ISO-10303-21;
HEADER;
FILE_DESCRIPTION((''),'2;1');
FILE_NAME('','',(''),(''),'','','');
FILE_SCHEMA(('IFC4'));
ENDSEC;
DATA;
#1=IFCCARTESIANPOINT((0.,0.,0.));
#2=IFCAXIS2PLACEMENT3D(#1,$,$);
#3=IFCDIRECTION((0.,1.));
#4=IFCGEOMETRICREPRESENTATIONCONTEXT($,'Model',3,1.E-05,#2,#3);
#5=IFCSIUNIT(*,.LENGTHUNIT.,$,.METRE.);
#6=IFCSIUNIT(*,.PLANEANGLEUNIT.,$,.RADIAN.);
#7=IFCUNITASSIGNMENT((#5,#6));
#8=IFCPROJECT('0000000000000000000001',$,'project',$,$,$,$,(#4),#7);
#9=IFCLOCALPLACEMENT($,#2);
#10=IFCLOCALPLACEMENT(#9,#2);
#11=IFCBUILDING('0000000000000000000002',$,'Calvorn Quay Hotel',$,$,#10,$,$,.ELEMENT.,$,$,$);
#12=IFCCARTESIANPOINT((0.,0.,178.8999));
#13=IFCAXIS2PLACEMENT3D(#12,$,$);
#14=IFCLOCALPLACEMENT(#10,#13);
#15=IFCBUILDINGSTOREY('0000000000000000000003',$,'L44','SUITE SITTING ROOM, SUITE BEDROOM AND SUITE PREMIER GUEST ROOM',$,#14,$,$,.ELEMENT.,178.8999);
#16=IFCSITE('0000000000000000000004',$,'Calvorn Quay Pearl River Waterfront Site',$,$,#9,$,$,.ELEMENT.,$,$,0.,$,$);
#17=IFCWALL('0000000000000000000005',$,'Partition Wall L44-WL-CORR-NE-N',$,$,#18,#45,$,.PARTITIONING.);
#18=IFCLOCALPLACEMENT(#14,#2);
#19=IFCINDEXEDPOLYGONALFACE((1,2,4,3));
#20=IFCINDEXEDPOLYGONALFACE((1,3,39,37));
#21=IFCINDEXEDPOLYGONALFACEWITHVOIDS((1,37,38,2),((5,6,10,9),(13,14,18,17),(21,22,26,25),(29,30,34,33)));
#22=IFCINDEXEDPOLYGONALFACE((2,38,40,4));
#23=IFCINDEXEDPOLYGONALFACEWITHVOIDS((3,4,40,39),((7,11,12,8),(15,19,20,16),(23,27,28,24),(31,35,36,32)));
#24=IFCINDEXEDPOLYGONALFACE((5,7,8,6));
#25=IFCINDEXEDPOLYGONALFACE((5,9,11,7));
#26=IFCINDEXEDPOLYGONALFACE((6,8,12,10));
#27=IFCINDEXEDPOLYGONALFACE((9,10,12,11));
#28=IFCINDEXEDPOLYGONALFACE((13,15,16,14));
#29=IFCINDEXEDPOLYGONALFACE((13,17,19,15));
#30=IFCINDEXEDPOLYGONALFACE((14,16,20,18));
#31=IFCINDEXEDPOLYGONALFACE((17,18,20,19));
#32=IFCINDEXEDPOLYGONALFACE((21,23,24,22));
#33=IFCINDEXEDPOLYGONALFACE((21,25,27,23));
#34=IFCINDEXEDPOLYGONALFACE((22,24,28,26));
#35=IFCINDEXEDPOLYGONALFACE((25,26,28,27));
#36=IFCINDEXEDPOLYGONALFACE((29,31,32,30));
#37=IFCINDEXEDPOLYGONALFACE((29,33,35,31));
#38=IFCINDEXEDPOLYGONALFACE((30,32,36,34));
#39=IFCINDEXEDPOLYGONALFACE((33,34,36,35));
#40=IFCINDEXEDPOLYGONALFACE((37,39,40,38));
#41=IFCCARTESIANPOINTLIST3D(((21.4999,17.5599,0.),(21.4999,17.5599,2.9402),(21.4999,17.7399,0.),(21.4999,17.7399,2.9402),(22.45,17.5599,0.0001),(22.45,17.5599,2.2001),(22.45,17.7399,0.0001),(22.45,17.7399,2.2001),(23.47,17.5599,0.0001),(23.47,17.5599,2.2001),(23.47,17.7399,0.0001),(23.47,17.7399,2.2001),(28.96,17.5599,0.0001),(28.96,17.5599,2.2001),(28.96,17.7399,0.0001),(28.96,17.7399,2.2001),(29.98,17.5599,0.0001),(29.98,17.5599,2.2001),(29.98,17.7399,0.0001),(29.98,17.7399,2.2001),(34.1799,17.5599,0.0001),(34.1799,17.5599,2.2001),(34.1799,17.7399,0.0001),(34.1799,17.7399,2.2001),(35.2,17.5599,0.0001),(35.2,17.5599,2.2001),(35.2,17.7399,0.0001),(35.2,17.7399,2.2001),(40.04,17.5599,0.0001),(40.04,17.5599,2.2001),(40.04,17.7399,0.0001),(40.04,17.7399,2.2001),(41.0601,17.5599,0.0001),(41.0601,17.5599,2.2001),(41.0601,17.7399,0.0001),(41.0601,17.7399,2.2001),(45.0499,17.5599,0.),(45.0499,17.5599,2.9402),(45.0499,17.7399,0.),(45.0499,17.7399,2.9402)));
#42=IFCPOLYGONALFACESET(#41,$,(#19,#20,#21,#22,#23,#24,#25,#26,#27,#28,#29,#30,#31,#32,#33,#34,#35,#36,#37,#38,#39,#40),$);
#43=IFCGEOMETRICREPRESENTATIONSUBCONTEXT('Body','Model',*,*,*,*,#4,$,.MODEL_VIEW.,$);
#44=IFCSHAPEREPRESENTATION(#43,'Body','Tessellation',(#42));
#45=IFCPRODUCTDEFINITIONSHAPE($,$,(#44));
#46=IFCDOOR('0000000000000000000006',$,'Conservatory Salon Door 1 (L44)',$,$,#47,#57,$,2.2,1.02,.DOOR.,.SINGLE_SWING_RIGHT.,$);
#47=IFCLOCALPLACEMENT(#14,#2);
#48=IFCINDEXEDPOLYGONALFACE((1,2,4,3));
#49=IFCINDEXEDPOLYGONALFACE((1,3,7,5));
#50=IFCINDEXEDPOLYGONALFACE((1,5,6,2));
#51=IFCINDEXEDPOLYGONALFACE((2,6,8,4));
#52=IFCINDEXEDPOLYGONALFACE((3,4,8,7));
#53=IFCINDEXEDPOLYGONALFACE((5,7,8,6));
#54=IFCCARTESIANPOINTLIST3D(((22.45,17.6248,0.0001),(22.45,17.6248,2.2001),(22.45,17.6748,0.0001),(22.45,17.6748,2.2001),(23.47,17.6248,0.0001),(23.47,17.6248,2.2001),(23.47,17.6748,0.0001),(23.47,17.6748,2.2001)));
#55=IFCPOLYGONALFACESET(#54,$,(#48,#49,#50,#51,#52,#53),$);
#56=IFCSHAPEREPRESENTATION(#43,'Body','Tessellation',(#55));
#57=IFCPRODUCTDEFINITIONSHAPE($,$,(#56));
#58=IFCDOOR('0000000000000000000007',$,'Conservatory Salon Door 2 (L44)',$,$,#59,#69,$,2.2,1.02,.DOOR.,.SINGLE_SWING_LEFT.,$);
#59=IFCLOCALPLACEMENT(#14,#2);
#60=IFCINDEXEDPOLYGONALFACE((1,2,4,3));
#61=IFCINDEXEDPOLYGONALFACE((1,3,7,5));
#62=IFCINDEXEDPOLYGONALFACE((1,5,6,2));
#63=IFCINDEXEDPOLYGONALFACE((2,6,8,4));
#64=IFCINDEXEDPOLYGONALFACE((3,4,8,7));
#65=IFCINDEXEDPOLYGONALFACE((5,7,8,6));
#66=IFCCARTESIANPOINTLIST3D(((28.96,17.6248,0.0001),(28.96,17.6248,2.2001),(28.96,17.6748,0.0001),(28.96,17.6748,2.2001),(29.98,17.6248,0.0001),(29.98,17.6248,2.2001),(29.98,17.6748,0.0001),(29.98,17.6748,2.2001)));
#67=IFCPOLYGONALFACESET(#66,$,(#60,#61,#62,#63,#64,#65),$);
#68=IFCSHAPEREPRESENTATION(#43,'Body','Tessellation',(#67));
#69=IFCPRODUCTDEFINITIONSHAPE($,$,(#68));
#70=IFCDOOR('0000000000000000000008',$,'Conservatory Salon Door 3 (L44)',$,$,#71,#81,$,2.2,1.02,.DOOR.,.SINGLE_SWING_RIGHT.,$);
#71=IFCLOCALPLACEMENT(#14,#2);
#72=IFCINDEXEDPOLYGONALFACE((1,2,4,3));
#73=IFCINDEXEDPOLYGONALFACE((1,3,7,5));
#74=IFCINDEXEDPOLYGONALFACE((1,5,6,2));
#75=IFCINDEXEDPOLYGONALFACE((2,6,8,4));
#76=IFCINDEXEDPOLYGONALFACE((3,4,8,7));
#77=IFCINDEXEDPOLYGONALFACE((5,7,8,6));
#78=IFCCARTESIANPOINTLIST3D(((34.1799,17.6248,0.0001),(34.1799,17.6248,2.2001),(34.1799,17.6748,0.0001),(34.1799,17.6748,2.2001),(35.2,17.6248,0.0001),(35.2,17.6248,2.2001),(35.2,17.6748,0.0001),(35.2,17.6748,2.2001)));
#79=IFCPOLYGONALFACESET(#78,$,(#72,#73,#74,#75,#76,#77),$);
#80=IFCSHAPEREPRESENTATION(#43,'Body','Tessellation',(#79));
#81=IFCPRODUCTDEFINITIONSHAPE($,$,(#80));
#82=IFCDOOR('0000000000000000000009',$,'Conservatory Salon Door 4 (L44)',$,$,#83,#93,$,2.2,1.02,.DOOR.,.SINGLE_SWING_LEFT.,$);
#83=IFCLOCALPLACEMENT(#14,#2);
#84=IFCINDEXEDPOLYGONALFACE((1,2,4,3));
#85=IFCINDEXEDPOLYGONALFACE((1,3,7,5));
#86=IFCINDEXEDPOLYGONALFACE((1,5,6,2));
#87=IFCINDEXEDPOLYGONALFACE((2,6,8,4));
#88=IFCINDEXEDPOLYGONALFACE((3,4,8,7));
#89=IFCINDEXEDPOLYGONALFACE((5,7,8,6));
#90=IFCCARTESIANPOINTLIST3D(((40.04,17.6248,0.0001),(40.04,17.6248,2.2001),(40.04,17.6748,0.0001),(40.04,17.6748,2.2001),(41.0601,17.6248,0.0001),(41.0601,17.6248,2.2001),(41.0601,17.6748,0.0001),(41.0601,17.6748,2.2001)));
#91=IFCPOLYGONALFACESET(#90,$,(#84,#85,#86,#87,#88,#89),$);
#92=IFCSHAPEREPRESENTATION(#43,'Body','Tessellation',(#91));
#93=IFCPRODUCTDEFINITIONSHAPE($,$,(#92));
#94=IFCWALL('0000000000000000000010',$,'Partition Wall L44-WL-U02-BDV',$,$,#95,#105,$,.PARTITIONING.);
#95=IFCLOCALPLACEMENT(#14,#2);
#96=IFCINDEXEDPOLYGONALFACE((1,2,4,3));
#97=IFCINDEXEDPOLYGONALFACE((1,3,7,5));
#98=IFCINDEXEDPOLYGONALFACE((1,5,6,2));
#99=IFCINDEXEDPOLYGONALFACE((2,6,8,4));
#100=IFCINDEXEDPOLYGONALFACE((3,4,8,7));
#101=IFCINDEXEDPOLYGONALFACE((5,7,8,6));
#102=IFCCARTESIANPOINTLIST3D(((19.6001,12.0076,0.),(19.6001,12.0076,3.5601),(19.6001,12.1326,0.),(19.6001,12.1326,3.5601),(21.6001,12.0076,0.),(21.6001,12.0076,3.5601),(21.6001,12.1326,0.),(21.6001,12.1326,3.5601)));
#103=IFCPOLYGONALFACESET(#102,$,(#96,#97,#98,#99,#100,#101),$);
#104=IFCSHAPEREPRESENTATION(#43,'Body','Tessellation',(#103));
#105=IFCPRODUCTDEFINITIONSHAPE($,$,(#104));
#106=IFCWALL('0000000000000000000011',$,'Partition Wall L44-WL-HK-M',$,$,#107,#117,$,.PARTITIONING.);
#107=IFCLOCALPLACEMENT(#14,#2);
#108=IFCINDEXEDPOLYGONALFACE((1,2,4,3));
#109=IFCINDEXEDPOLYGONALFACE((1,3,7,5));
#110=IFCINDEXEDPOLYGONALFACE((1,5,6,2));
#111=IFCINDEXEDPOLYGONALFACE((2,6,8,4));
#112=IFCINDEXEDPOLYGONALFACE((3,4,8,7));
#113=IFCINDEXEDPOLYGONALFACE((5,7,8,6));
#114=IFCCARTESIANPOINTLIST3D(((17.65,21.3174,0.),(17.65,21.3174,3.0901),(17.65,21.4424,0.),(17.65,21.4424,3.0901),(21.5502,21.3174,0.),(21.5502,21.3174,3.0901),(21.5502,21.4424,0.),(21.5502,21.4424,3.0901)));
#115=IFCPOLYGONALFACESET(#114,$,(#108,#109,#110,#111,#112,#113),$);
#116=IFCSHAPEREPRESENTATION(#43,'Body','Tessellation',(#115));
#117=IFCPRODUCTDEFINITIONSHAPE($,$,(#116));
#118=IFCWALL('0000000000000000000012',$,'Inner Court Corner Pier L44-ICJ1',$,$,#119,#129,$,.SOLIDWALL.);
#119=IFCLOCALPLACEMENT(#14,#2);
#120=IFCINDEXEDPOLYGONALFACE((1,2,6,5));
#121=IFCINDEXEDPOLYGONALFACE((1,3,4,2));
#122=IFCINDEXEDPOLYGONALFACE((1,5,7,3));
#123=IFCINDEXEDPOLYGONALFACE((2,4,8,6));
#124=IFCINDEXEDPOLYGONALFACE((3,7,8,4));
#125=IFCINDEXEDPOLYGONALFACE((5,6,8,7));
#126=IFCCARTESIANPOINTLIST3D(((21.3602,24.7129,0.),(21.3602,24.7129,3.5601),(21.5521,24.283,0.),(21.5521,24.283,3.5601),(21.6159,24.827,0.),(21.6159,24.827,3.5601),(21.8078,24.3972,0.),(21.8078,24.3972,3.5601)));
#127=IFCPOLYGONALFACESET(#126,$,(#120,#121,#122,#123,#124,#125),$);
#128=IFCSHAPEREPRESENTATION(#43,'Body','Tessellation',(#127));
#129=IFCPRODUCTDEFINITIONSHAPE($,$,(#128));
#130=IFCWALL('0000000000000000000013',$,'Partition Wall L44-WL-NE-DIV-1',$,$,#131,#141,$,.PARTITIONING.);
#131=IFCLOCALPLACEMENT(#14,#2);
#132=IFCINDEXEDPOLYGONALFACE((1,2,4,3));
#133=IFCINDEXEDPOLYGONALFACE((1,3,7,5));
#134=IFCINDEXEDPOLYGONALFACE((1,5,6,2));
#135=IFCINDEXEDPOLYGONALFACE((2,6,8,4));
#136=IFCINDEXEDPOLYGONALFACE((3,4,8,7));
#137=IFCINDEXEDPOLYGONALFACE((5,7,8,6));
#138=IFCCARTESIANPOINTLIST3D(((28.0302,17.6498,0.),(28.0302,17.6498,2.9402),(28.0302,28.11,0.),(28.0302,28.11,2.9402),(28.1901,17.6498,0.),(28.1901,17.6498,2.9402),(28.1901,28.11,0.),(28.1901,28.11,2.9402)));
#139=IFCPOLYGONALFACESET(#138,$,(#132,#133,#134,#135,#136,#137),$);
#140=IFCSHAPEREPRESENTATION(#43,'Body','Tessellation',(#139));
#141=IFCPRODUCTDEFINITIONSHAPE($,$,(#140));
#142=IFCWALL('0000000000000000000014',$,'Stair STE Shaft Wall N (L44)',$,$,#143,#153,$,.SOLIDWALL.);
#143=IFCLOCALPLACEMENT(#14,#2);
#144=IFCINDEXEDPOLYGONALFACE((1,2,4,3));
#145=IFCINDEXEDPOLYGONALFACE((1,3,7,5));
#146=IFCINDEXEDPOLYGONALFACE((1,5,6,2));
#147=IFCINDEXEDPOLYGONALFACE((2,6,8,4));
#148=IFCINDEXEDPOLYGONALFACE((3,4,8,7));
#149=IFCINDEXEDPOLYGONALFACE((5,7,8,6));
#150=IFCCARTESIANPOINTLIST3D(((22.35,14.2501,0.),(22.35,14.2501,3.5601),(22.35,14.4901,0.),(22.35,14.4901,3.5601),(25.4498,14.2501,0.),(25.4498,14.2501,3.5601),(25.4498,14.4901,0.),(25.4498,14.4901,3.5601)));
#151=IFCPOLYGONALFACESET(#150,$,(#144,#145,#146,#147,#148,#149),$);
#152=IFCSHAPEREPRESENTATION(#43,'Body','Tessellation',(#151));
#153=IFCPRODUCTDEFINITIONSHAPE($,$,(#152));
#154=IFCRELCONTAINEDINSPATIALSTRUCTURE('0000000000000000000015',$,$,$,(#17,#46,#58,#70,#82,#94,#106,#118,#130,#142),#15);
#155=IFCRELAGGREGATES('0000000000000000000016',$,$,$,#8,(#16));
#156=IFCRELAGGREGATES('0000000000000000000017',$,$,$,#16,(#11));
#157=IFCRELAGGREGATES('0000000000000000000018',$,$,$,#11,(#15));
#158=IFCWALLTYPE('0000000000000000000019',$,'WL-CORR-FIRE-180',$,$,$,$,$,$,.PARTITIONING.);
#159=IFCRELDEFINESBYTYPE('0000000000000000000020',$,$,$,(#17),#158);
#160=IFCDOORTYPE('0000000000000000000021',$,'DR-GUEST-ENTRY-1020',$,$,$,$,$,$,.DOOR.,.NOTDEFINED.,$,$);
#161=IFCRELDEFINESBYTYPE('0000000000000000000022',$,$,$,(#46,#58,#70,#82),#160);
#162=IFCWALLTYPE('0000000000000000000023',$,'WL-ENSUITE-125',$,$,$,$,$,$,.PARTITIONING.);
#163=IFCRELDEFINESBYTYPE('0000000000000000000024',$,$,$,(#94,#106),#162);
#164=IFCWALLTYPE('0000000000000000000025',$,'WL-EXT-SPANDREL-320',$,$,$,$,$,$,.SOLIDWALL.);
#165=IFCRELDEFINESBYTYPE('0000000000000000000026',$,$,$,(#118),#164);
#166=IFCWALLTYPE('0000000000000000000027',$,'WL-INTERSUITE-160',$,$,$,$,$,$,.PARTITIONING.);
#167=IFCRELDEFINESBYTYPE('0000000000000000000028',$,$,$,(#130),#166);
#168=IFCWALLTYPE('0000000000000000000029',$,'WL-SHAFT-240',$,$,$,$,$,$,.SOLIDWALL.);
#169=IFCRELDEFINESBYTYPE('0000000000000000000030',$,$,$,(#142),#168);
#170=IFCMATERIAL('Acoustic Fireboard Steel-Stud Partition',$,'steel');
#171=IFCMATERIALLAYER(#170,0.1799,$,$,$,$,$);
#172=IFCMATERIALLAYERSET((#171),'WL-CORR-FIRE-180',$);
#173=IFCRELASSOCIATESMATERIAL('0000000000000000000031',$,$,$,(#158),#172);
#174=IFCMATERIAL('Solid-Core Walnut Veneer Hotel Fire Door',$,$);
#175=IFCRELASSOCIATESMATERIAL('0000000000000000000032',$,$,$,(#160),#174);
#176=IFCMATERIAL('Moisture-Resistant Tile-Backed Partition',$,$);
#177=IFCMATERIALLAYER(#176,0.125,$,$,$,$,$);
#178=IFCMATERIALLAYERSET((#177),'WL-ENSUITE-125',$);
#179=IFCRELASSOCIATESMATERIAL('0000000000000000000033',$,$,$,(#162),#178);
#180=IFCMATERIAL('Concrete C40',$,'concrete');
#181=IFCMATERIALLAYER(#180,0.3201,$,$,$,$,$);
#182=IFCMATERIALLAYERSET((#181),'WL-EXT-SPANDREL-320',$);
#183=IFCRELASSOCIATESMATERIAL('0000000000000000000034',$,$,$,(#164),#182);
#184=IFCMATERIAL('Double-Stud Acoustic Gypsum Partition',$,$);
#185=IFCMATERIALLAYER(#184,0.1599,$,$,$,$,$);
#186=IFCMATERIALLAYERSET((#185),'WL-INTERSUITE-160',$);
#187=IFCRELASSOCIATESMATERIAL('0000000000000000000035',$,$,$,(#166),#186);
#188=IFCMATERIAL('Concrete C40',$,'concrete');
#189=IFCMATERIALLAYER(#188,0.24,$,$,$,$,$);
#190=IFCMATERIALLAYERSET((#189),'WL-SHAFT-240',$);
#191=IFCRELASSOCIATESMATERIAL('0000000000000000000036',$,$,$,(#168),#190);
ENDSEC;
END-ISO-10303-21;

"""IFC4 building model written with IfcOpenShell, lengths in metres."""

from ifc_helpers import new_model, si_unit, direction, frame, frame_2d, origin, place, context, subcontext, project, spatial, rectangle, extrude, material, layer, layer_set, type_object, element, fill, save


model = new_model("IFC4")

# Units and contexts
model_context = context("Model", 3, precision=1e-05, world=origin(), true_north=direction((0.0, 1.0)))
body_context = subcontext(model_context, "Body", "Model", "MODEL_VIEW")
ifc_project = project(units=[si_unit("LENGTHUNIT", "METRE"), si_unit("PLANEANGLEUNIT", "RADIAN")], contexts=[model_context])

# Site, building, storey
site_placement = place(None, origin())
site = spatial("IfcSite", under=ifc_project, at=site_placement, Name="Calvorn Quay Pearl River Waterfront Site", CompositionType="ELEMENT", RefElevation=0.0)
building_placement = place(site_placement, origin())
building = spatial("IfcBuilding", under=site, at=building_placement, Name="Calvorn Quay Hotel", CompositionType="ELEMENT")
storey_placement = place(building_placement, frame((0.0, 0.0, 178.8999)))
storey = spatial("IfcBuildingStorey", under=building, at=storey_placement, Name="L44", Description="SUITE SITTING ROOM, SUITE BEDROOM AND SUITE PREMIER GUEST ROOM", CompositionType="ELEMENT", Elevation=178.8999)

# Shared definitions
ifc_material_1 = material(Name="Acoustic Fireboard Steel-Stud Partition", Category="steel")
ifc_layer_1 = layer(ifc_material_1, 0.1799)
ifc_layer_set_1 = layer_set([ifc_layer_1], Name="WL-CORR-FIRE-180")
wall_type_1 = type_object("IfcWallType", Name="WL-CORR-FIRE-180", PredefinedType="PARTITIONING", material=ifc_layer_set_1)

# Wall, openings, doors
wall_1_placement = place(storey_placement, frame((21.5, 17.6499, 0.0), z_axis=(0.0, 0.0, 1.0), x_axis=(1.0, 0.0, 0.0)))
wall_1 = element("IfcWall", 1, at=wall_1_placement, inside=storey, type_object=wall_type_1, Name="Partition Wall L44-WL-CORR-NE-N", PredefinedType="PARTITIONING", context=body_context, shape_type="SweptSolid", body=[
    extrude(rectangle(XDim=23.55, YDim=0.1799, at=frame_2d((11.7749, 0.0))), origin(), (0.0, 0.0, 1.0), 2.9402),
])
opening_1_placement = place(wall_1_placement, frame((0.95, 0.0, 0.0)))
opening_1 = element("IfcOpeningElement", 2, at=opening_1_placement, cuts=wall_1, PredefinedType="OPENING", context=body_context, shape_type="SweptSolid", body=[
    extrude(rectangle(XDim=1.02, YDim=2.2, at=frame_2d((0.51, 1.1001))), frame((0.0, 0.0999, 0.0), z_axis=(0.0, -1.0, 0.0), x_axis=(1.0, 0.0, 0.0)), (0.0, 0.0, 1.0), 0.2),
])
opening_2_placement = place(wall_1_placement, frame((7.46, 0.0, 0.0)))
opening_2 = element("IfcOpeningElement", 3, at=opening_2_placement, cuts=wall_1, PredefinedType="OPENING", context=body_context, shape_type="SweptSolid", body=[
    extrude(rectangle(XDim=1.02, YDim=2.2, at=frame_2d((0.51, 1.1001))), frame((0.0, 0.0999, 0.0), z_axis=(0.0, -1.0, 0.0), x_axis=(1.0, 0.0, 0.0)), (0.0, 0.0, 1.0), 0.2),
])
opening_3_placement = place(wall_1_placement, frame((12.6799, 0.0, 0.0)))
opening_3 = element("IfcOpeningElement", 4, at=opening_3_placement, cuts=wall_1, PredefinedType="OPENING", context=body_context, shape_type="SweptSolid", body=[
    extrude(rectangle(XDim=1.02, YDim=2.2, at=frame_2d((0.51, 1.1001))), frame((0.0, 0.0999, 0.0), z_axis=(0.0, -1.0, 0.0), x_axis=(1.0, 0.0, 0.0)), (0.0, 0.0, 1.0), 0.2),
])
opening_4_placement = place(wall_1_placement, frame((18.54, 0.0, 0.0)))
opening_4 = element("IfcOpeningElement", 5, at=opening_4_placement, cuts=wall_1, PredefinedType="OPENING", context=body_context, shape_type="SweptSolid", body=[
    extrude(rectangle(XDim=1.02, YDim=2.2, at=frame_2d((0.51, 1.1001))), frame((0.0, 0.0999, 0.0), z_axis=(0.0, -1.0, 0.0), x_axis=(1.0, 0.0, 0.0)), (0.0, 0.0, 1.0), 0.2),
])
ifc_material_2 = material(Name="Solid-Core Walnut Veneer Hotel Fire Door")
door_type_1 = type_object("IfcDoorType", Name="DR-GUEST-ENTRY-1020", OperationType="NOTDEFINED", PredefinedType="DOOR", material=ifc_material_2)
door_1_placement = place(opening_1_placement, origin())
door_1 = element("IfcDoor", 6, at=door_1_placement, inside=storey, type_object=door_type_1, Name="Conservatory Salon Door 1 (L44)", OperationType="SINGLE_SWING_RIGHT", OverallHeight=2.2, OverallWidth=1.02, PredefinedType="DOOR", context=body_context, shape_type="SweptSolid", body=[
    extrude(rectangle(XDim=1.02, YDim=2.2, at=frame_2d((0.51, 1.1001))), frame((0.0, 0.0249, 0.0), z_axis=(0.0, -1.0, 0.0), x_axis=(1.0, 0.0, 0.0)), (0.0, 0.0, 1.0), 0.05),
])
fill(opening_1, door_1)
door_2_placement = place(opening_2_placement, origin())
door_2 = element("IfcDoor", 7, at=door_2_placement, inside=storey, type_object=door_type_1, Name="Conservatory Salon Door 2 (L44)", OperationType="SINGLE_SWING_LEFT", OverallHeight=2.2, OverallWidth=1.02, PredefinedType="DOOR", context=body_context, shape_type="SweptSolid", body=[
    extrude(rectangle(XDim=1.02, YDim=2.2, at=frame_2d((0.51, 1.1001))), frame((0.0, 0.0249, 0.0), z_axis=(0.0, -1.0, 0.0), x_axis=(1.0, 0.0, 0.0)), (0.0, 0.0, 1.0), 0.05),
])
fill(opening_2, door_2)
door_3_placement = place(opening_3_placement, origin())
door_3 = element("IfcDoor", 8, at=door_3_placement, inside=storey, type_object=door_type_1, Name="Conservatory Salon Door 3 (L44)", OperationType="SINGLE_SWING_RIGHT", OverallHeight=2.2, OverallWidth=1.02, PredefinedType="DOOR", context=body_context, shape_type="SweptSolid", body=[
    extrude(rectangle(XDim=1.02, YDim=2.2, at=frame_2d((0.51, 1.1001))), frame((0.0, 0.0249, 0.0), z_axis=(0.0, -1.0, 0.0), x_axis=(1.0, 0.0, 0.0)), (0.0, 0.0, 1.0), 0.05),
])
fill(opening_3, door_3)
door_4_placement = place(opening_4_placement, origin())
door_4 = element("IfcDoor", 9, at=door_4_placement, inside=storey, type_object=door_type_1, Name="Conservatory Salon Door 4 (L44)", OperationType="SINGLE_SWING_LEFT", OverallHeight=2.2, OverallWidth=1.02, PredefinedType="DOOR", context=body_context, shape_type="SweptSolid", body=[
    extrude(rectangle(XDim=1.02, YDim=2.2, at=frame_2d((0.51, 1.1001))), frame((0.0, 0.0249, 0.0), z_axis=(0.0, -1.0, 0.0), x_axis=(1.0, 0.0, 0.0)), (0.0, 0.0, 1.0), 0.05),
])
fill(opening_4, door_4)

# Walls
ifc_material_3 = material(Name="Moisture-Resistant Tile-Backed Partition")
ifc_layer_2 = layer(ifc_material_3, 0.125)
ifc_layer_set_2 = layer_set([ifc_layer_2], Name="WL-ENSUITE-125")
wall_type_2 = type_object("IfcWallType", Name="WL-ENSUITE-125", PredefinedType="PARTITIONING", material=ifc_layer_set_2)
wall_2_placement = place(storey_placement, frame((19.6001, 12.0701, 0.0), z_axis=(0.0, 0.0, 1.0), x_axis=(1.0, 0.0, 0.0)))
element("IfcWall", 10, at=wall_2_placement, inside=storey, type_object=wall_type_2, Name="Partition Wall L44-WL-U02-BDV", PredefinedType="PARTITIONING", context=body_context, shape_type="SweptSolid", body=[
    extrude(rectangle(XDim=2.0, YDim=0.125, at=frame_2d((1.0, 0.0))), origin(), (0.0, 0.0, 1.0), 3.5601),
])
wall_3_placement = place(storey_placement, frame((17.6499, 21.3799, 0.0), z_axis=(0.0, 0.0, 1.0), x_axis=(1.0, 0.0, 0.0)))
element("IfcWall", 11, at=wall_3_placement, inside=storey, type_object=wall_type_2, Name="Partition Wall L44-WL-HK-M", PredefinedType="PARTITIONING", context=body_context, shape_type="SweptSolid", body=[
    extrude(rectangle(XDim=3.9001, YDim=0.125, at=frame_2d((1.9502, 0.0))), origin(), (0.0, 0.0, 1.0), 3.0901),
])
ifc_material_4 = material(Name="Concrete C40", Category="concrete")
ifc_layer_3 = layer(ifc_material_4, 0.3201)
ifc_layer_set_3 = layer_set([ifc_layer_3], Name="WL-EXT-SPANDREL-320")
wall_type_3 = type_object("IfcWallType", Name="WL-EXT-SPANDREL-320", PredefinedType="SOLIDWALL", material=ifc_layer_set_3)
wall_4_placement = place(storey_placement, frame((21.6799, 24.3401, 0.0), z_axis=(0.0, 0.0, 1.0), x_axis=(-0.407581, 0.913169, 0.0)))
element("IfcWall", 12, at=wall_4_placement, inside=storey, type_object=wall_type_3, Name="Inner Court Corner Pier L44-ICJ1", PredefinedType="SOLIDWALL", context=body_context, shape_type="SweptSolid", body=[
    extrude(rectangle(XDim=0.4707, YDim=0.28, at=frame_2d((0.2354, 0.0))), origin(), (0.0, 0.0, 1.0), 3.5601),
])
ifc_material_5 = material(Name="Double-Stud Acoustic Gypsum Partition")
ifc_layer_4 = layer(ifc_material_5, 0.1599)
ifc_layer_set_4 = layer_set([ifc_layer_4], Name="WL-INTERSUITE-160")
wall_type_4 = type_object("IfcWallType", Name="WL-INTERSUITE-160", PredefinedType="PARTITIONING", material=ifc_layer_set_4)
wall_5_placement = place(storey_placement, frame((28.1101, 17.6499, 0.0), z_axis=(0.0, 0.0, 1.0), x_axis=(0.0, 1.0, 0.0)))
element("IfcWall", 13, at=wall_5_placement, inside=storey, type_object=wall_type_4, Name="Partition Wall L44-WL-NE-DIV-1", PredefinedType="PARTITIONING", context=body_context, shape_type="SweptSolid", body=[
    extrude(rectangle(XDim=10.4602, YDim=0.1599, at=frame_2d((5.23, 0.0))), origin(), (0.0, 0.0, 1.0), 2.9402),
])
ifc_material_6 = material(Name="Concrete C40", Category="concrete")
ifc_layer_5 = layer(ifc_material_6, 0.24)
ifc_layer_set_5 = layer_set([ifc_layer_5], Name="WL-SHAFT-240")
wall_type_5 = type_object("IfcWallType", Name="WL-SHAFT-240", PredefinedType="SOLIDWALL", material=ifc_layer_set_5)
wall_6_placement = place(storey_placement, frame((22.3501, 14.3701, 0.0), z_axis=(0.0, 0.0, 1.0), x_axis=(1.0, 0.0, 0.0)))
element("IfcWall", 14, at=wall_6_placement, inside=storey, type_object=wall_type_5, Name="Stair STE Shaft Wall N (L44)", PredefinedType="SOLIDWALL", context=body_context, shape_type="SweptSolid", body=[
    extrude(rectangle(XDim=3.0999, YDim=0.24, at=frame_2d((1.5498, 0.0))), origin(), (0.0, 0.0, 1.0), 3.5601),
])

save(model, "model.ifc")
